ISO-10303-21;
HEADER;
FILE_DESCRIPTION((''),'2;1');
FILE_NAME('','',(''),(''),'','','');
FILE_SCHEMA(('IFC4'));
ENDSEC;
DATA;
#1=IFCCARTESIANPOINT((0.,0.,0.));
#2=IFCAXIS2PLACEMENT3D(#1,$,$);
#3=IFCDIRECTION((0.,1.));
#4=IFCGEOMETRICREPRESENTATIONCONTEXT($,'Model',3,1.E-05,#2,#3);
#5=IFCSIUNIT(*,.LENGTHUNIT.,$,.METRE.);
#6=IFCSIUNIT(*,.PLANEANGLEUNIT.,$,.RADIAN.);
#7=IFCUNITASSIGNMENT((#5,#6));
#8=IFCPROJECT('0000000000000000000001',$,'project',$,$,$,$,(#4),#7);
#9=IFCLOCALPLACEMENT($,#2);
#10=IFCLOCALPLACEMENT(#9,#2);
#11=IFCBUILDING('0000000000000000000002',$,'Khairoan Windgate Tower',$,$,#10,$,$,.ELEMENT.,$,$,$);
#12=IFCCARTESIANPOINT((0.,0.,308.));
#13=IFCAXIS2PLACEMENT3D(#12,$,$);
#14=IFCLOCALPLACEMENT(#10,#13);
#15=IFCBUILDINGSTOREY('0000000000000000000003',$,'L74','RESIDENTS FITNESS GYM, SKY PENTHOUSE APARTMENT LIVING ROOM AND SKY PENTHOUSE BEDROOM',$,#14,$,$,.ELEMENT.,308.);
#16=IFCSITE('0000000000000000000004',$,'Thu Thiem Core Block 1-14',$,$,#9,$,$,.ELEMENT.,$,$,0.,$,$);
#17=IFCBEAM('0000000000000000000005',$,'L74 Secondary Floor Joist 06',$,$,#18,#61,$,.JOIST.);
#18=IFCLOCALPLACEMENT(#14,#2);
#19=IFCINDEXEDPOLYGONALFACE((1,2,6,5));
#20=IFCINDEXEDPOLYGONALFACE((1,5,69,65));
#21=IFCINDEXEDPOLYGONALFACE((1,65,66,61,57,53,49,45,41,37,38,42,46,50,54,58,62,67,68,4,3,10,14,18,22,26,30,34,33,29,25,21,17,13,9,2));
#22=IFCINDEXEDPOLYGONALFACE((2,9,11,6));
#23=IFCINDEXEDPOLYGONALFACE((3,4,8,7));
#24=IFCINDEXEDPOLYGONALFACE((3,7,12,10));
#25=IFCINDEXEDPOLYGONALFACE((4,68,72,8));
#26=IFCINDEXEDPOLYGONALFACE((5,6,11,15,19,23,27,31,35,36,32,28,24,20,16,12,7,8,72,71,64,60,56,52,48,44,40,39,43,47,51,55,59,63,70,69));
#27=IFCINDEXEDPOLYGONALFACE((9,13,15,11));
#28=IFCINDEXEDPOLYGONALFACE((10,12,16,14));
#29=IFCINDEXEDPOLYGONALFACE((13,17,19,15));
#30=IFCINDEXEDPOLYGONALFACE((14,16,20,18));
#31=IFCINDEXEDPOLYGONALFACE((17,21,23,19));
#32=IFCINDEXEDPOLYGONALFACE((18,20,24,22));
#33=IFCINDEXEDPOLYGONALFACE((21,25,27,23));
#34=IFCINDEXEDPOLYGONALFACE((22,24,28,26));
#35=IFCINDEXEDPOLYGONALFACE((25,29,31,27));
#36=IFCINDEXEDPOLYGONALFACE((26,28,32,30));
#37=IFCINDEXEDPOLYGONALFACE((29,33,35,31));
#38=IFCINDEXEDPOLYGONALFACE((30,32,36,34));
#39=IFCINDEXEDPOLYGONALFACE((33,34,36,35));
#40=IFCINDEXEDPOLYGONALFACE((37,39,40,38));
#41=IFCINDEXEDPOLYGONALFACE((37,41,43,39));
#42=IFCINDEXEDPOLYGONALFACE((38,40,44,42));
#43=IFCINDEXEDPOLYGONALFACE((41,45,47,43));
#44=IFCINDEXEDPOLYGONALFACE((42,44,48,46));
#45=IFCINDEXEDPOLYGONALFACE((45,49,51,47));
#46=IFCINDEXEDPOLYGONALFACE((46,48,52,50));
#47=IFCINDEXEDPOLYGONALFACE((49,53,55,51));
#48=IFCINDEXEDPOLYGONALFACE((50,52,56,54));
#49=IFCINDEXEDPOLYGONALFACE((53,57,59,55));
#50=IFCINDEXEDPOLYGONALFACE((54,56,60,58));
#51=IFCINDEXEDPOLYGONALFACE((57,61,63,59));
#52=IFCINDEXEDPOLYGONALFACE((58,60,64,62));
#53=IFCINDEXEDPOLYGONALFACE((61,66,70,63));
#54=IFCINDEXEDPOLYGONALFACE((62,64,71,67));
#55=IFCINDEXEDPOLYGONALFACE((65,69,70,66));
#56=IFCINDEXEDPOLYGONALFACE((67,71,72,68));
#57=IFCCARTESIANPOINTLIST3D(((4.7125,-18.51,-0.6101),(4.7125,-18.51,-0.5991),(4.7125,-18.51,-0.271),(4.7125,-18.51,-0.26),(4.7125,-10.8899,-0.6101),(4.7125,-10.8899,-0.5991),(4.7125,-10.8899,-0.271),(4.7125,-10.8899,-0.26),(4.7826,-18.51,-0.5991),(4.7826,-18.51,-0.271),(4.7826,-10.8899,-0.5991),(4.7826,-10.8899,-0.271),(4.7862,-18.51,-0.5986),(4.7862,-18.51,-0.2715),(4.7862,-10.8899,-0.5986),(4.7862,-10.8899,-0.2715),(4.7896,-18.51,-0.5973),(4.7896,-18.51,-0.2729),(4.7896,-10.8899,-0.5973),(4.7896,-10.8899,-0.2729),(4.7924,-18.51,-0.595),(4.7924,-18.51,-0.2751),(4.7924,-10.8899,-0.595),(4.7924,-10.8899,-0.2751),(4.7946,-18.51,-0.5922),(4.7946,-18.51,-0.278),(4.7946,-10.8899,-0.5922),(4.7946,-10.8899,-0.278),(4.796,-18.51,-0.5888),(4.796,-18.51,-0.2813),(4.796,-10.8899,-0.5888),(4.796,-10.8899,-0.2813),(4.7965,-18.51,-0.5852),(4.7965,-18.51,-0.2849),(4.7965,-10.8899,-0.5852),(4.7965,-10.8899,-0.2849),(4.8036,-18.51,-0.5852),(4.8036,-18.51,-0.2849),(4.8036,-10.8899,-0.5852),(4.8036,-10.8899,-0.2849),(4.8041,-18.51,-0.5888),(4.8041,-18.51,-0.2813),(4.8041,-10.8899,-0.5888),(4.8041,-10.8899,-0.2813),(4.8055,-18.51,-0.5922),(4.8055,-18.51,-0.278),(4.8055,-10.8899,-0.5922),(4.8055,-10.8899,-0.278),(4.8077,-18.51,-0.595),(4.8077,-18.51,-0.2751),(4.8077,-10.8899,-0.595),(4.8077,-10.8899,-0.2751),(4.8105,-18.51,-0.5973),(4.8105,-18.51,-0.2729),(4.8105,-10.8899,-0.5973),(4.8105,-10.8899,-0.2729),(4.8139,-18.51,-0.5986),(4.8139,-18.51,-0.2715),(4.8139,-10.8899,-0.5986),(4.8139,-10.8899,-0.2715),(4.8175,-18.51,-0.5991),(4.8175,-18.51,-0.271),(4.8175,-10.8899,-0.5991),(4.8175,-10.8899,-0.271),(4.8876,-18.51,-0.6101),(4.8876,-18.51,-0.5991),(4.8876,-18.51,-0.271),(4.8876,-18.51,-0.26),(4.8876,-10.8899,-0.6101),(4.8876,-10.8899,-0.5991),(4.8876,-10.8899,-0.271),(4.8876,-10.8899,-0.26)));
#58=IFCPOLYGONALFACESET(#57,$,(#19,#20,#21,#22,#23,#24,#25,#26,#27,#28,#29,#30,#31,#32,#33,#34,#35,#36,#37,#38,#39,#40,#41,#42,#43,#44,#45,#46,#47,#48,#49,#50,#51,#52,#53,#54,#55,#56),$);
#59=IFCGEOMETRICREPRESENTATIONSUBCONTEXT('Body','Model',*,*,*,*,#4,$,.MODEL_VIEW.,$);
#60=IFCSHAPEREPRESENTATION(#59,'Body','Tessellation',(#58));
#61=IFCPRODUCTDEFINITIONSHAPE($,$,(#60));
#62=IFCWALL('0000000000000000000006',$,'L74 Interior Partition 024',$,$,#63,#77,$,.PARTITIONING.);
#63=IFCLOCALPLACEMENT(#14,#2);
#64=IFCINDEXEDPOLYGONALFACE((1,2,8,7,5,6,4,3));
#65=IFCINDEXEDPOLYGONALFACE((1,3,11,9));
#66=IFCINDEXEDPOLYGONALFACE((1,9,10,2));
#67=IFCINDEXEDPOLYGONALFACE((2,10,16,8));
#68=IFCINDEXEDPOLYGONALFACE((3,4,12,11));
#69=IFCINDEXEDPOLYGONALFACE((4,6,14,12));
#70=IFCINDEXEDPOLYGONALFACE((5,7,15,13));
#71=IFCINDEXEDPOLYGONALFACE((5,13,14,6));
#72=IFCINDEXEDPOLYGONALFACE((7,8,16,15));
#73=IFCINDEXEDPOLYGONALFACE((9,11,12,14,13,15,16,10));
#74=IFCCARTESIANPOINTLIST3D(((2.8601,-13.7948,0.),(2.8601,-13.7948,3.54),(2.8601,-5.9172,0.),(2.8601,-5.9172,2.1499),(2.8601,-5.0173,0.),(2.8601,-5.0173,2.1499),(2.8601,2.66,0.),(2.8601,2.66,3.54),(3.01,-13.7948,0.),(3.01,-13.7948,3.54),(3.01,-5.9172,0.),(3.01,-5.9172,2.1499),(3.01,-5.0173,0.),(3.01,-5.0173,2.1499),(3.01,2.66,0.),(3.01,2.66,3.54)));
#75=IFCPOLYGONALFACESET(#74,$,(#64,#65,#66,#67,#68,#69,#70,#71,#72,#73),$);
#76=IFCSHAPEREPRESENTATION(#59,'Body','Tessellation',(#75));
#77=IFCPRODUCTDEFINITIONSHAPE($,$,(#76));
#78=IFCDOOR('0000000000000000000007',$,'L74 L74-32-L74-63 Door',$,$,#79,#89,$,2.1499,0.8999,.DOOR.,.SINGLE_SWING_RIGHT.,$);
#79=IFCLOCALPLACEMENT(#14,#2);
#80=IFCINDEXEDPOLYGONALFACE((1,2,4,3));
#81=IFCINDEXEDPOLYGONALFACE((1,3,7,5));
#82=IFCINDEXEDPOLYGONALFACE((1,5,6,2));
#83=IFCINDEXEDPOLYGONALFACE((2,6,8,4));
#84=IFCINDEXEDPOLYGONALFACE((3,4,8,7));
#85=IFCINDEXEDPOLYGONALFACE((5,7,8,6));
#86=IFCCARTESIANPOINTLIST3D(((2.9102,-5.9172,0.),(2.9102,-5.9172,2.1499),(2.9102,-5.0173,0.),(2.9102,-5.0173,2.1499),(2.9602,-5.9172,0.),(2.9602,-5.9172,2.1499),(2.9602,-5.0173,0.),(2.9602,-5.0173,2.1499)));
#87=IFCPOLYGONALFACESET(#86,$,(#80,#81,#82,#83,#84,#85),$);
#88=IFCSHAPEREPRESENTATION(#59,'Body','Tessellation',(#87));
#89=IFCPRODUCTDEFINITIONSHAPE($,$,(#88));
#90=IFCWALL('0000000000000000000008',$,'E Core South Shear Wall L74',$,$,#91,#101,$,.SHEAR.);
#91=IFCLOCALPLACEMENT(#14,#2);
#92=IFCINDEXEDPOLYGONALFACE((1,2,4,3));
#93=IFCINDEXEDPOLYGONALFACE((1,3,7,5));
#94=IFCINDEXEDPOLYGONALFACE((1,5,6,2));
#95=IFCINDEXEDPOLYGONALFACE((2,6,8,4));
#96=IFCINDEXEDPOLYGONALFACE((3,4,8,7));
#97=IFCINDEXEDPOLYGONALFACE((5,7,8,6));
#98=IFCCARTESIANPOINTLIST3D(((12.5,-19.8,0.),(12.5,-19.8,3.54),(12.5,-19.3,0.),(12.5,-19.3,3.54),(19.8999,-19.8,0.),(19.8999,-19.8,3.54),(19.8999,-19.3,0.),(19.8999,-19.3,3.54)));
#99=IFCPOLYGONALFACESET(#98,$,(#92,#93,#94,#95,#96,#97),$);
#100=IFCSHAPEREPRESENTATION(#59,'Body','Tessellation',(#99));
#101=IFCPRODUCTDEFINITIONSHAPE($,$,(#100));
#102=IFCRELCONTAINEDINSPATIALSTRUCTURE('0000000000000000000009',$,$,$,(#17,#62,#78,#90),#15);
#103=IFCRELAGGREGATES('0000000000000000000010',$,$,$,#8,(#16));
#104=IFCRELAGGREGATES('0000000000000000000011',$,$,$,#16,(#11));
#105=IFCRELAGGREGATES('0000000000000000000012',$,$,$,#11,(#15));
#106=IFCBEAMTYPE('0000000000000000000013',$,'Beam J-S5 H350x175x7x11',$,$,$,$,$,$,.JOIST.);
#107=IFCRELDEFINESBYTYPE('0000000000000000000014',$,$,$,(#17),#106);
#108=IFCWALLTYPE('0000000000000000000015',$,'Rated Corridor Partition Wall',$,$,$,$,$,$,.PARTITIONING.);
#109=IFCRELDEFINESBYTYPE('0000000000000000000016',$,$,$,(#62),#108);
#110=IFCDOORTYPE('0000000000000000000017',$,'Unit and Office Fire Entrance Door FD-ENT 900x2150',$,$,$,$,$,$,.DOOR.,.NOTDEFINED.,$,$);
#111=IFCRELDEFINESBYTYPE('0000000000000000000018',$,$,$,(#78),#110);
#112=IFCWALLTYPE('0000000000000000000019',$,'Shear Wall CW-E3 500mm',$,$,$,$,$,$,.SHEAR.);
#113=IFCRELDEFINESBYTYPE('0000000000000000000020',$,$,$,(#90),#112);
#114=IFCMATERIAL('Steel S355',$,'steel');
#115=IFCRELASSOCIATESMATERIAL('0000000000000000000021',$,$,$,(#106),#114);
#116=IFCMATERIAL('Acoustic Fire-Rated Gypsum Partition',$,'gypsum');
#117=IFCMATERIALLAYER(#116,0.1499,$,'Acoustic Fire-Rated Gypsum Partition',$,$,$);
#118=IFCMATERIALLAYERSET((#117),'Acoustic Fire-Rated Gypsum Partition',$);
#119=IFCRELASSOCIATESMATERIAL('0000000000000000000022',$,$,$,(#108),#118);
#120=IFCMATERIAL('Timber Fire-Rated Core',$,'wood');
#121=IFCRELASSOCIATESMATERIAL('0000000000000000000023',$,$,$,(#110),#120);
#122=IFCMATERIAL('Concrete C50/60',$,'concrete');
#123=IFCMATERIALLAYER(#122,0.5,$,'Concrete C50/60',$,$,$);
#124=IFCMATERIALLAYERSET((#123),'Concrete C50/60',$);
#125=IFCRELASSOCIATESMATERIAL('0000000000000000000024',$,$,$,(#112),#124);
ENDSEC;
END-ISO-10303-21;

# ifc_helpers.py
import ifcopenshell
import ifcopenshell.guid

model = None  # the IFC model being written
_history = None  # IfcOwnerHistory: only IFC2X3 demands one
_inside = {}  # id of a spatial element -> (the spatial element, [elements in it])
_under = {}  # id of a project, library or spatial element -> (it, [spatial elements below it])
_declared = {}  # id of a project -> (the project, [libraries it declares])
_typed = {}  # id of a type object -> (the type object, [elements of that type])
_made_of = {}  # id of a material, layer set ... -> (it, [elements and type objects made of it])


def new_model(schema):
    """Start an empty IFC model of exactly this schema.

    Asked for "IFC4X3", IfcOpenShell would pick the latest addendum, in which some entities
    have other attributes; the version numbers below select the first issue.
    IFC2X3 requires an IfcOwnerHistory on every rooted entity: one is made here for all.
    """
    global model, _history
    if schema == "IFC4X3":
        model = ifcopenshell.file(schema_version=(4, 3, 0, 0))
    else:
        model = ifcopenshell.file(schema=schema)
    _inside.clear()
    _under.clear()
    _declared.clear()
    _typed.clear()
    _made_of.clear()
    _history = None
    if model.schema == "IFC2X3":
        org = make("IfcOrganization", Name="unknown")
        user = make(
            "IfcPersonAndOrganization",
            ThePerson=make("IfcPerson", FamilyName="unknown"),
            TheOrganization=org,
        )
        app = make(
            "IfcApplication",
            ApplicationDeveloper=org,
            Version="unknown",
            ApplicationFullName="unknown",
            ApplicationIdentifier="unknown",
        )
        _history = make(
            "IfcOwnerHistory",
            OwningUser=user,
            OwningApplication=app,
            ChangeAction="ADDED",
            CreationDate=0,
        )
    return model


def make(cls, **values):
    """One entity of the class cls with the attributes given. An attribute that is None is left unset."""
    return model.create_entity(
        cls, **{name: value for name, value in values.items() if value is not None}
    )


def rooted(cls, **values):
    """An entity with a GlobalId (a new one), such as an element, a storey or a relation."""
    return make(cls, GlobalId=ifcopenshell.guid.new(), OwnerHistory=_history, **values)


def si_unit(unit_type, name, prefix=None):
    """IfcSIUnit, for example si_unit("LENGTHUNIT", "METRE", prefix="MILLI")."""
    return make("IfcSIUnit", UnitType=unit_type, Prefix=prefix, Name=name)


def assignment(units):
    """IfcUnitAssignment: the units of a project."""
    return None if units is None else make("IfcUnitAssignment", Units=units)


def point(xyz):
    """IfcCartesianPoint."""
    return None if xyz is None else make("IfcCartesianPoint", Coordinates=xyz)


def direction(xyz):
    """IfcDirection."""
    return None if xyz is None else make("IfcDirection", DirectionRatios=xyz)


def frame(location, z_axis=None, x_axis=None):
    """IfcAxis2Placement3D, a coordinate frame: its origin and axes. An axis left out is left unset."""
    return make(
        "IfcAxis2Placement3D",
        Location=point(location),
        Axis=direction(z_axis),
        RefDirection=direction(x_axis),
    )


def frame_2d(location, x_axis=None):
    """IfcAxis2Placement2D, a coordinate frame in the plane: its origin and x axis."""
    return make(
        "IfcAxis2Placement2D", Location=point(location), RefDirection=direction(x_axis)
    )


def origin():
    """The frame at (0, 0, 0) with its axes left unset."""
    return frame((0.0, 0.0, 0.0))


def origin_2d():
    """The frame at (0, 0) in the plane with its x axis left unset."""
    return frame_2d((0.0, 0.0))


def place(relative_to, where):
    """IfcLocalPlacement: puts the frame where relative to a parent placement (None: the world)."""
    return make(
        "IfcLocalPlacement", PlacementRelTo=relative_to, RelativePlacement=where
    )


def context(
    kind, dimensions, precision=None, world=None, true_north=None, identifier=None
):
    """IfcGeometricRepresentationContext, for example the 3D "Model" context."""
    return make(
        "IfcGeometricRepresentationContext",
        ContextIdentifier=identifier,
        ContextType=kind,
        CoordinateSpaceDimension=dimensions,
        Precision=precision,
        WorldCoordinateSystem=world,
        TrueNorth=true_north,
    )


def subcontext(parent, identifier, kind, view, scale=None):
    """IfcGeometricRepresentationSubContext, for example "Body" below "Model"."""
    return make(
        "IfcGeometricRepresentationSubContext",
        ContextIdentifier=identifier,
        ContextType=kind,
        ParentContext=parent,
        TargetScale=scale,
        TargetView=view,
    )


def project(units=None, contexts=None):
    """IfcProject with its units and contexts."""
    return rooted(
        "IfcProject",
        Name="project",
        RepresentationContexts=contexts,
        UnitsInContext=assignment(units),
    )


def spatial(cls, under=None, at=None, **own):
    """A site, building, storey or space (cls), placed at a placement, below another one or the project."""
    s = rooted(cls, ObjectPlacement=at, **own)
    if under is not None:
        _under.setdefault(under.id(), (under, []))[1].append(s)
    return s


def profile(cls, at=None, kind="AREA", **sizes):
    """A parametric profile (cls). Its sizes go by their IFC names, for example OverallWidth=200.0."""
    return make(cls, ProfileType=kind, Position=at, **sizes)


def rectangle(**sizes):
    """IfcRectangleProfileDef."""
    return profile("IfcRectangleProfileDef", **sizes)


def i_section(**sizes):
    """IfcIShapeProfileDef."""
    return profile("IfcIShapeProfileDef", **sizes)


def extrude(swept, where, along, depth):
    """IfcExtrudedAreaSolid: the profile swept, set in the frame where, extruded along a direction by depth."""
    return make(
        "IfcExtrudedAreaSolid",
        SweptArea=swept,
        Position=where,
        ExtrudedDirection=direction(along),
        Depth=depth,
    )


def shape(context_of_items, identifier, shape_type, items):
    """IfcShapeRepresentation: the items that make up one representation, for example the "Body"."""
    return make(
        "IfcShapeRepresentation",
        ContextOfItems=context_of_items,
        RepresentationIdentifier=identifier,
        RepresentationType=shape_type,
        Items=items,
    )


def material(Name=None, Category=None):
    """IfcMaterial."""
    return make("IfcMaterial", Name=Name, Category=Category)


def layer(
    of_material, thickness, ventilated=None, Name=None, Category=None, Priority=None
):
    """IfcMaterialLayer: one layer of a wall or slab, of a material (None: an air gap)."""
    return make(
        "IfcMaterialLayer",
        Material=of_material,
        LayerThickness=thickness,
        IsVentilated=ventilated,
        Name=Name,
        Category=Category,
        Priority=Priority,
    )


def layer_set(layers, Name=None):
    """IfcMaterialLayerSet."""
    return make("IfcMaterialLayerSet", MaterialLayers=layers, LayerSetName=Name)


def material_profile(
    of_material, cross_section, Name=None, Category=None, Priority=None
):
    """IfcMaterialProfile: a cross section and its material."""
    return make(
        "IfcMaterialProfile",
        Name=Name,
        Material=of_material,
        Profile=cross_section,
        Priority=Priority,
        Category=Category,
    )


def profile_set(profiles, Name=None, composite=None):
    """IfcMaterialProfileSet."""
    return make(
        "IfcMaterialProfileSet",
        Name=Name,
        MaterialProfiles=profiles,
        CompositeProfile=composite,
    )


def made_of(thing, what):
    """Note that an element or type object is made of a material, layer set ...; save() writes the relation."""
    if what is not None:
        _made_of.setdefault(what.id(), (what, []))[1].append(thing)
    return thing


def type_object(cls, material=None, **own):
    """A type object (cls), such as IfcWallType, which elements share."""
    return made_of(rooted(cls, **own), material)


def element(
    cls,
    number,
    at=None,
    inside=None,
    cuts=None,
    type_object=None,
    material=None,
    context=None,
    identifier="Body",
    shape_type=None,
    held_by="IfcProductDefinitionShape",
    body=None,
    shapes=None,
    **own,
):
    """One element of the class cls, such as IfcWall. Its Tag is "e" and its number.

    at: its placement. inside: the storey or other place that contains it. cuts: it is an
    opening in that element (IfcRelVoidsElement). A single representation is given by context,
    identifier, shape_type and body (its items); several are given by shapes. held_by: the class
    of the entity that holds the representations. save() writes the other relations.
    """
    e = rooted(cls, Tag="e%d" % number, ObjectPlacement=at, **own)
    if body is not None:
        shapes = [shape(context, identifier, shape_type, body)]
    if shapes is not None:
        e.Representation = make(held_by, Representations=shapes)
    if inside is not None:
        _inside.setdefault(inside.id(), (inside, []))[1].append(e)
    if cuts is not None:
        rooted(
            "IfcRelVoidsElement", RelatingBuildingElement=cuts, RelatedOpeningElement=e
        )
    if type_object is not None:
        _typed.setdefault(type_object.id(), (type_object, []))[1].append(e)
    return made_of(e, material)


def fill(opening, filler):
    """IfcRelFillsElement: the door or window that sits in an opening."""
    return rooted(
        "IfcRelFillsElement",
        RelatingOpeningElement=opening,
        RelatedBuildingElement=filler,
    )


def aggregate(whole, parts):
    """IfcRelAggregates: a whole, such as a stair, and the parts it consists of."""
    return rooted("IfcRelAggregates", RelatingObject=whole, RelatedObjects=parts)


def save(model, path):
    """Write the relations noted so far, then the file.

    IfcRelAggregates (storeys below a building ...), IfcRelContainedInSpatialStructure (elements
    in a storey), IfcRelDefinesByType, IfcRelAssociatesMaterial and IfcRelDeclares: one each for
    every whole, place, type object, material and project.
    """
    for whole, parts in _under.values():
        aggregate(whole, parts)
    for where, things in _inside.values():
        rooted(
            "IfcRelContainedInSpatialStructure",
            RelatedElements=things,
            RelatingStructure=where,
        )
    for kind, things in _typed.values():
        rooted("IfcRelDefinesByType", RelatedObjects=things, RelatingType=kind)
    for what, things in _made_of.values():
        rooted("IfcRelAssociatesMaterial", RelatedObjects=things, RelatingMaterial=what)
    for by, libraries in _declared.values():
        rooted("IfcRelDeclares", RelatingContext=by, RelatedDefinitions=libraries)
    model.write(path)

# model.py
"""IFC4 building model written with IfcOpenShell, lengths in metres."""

from ifc_helpers import new_model, si_unit, direction, frame, frame_2d, origin, origin_2d, place, context, subcontext, project, spatial, rectangle, i_section, extrude, material, layer, layer_set, material_profile, profile_set, type_object, element, fill, save


model = new_model("IFC4")

# Units and contexts
model_context = context("Model", 3, precision=1e-05, world=origin(), true_north=direction((0.0, 1.0)))
body_context = subcontext(model_context, "Body", "Model", "MODEL_VIEW")
ifc_project = project(units=[si_unit("LENGTHUNIT", "METRE"), si_unit("PLANEANGLEUNIT", "RADIAN")], contexts=[model_context])

# Site, building, storey
site_placement = place(None, origin())
site = spatial("IfcSite", under=ifc_project, at=site_placement, Name="Thu Thiem Core Block 1-14", CompositionType="ELEMENT", RefElevation=0.0)
building_placement = place(site_placement, origin())
building = spatial("IfcBuilding", under=site, at=building_placement, Name="Khairoan Windgate Tower", CompositionType="ELEMENT")
storey_placement = place(building_placement, frame((0.0, 0.0, 308.0)))
storey = spatial("IfcBuildingStorey", under=building, at=storey_placement, Name="L74", Description="RESIDENTS FITNESS GYM, SKY PENTHOUSE APARTMENT LIVING ROOM AND SKY PENTHOUSE BEDROOM", CompositionType="ELEMENT", Elevation=308.0)

# Beam
ifc_material_1 = material(Name="Steel S355", Category="steel")
ifc_material_profile_1 = material_profile(ifc_material_1, i_section(OverallWidth=0.175, OverallDepth=0.3501, WebThickness=0.0071, FlangeThickness=0.011, FilletRadius=0.0139, at=origin_2d()))
ifc_profile_set_1 = profile_set([ifc_material_profile_1], Name="Steel S355")
beam_type_1 = type_object("IfcBeamType", Name="Beam J-S5 H350x175x7x11", PredefinedType="JOIST", material=ifc_profile_set_1)
beam_1_placement = place(storey_placement, frame((4.8, -18.51, -0.4351), z_axis=(0.0, 1.0, 0.0), x_axis=(-1.0, 0.0, 0.0)))
element("IfcBeam", 1, at=beam_1_placement, inside=storey, type_object=beam_type_1, Name="L74 Secondary Floor Joist 06", PredefinedType="JOIST", context=body_context, shape_type="SweptSolid", body=[
    extrude(i_section(OverallWidth=0.175, OverallDepth=0.3501, WebThickness=0.0071, FlangeThickness=0.011, FilletRadius=0.0139, at=origin_2d()), origin(), (0.0, 0.0, 1.0), 7.6201),
])

# Wall, opening, door
ifc_material_2 = material(Name="Acoustic Fire-Rated Gypsum Partition", Category="gypsum")
ifc_layer_1 = layer(ifc_material_2, 0.1499, Name="Acoustic Fire-Rated Gypsum Partition")
ifc_layer_set_1 = layer_set([ifc_layer_1], Name="Acoustic Fire-Rated Gypsum Partition")
wall_type_1 = type_object("IfcWallType", Name="Rated Corridor Partition Wall", PredefinedType="PARTITIONING", material=ifc_layer_set_1)
wall_1_placement = place(storey_placement, frame((2.9351, -13.7949, 0.0), z_axis=(0.0, 0.0, 1.0), x_axis=(0.0, 1.0, 0.0)))
wall_1 = element("IfcWall", 2, at=wall_1_placement, inside=storey, type_object=wall_type_1, Name="L74 Interior Partition 024", PredefinedType="PARTITIONING", context=body_context, shape_type="SweptSolid", body=[
    extrude(rectangle(XDim=16.4548, YDim=0.1499, at=frame_2d((8.2275, 0.0))), origin(), (0.0, 0.0, 1.0), 3.54),
])
opening_placement = place(wall_1_placement, frame((7.8777, 0.0, 0.0)))
opening = element("IfcOpeningElement", 3, at=opening_placement, cuts=wall_1, PredefinedType="OPENING", context=body_context, shape_type="SweptSolid", body=[
    extrude(rectangle(XDim=0.8999, YDim=2.1499, at=frame_2d((0.45, 1.075))), frame((0.0, 0.085, 0.0), z_axis=(0.0, -1.0, 0.0), x_axis=(1.0, 0.0, 0.0)), (0.0, 0.0, 1.0), 0.1699),
])
ifc_material_3 = material(Name="Timber Fire-Rated Core", Category="wood")
door_type = type_object("IfcDoorType", Name="Unit and Office Fire Entrance Door FD-ENT 900x2150", OperationType="NOTDEFINED", PredefinedType="DOOR", material=ifc_material_3)
door_placement = place(opening_placement, origin())
door = element("IfcDoor", 4, at=door_placement, inside=storey, type_object=door_type, Name="L74 L74-32-L74-63 Door", OperationType="SINGLE_SWING_RIGHT", OverallHeight=2.1499, OverallWidth=0.8999, PredefinedType="DOOR", context=body_context, shape_type="SweptSolid", body=[
    extrude(rectangle(XDim=0.8999, YDim=2.1499, at=frame_2d((0.45, 1.075))), frame((0.0, 0.0249, 0.0), z_axis=(0.0, -1.0, 0.0), x_axis=(1.0, 0.0, 0.0)), (0.0, 0.0, 1.0), 0.05),
])
fill(opening, door)

# Wall
ifc_material_4 = material(Name="Concrete C50/60", Category="concrete")
ifc_layer_2 = layer(ifc_material_4, 0.5, Name="Concrete C50/60")
ifc_layer_set_2 = layer_set([ifc_layer_2], Name="Concrete C50/60")
wall_type_2 = type_object("IfcWallType", Name="Shear Wall CW-E3 500mm", PredefinedType="SHEAR", material=ifc_layer_set_2)
wall_2_placement = place(storey_placement, frame((12.5, -19.55, 0.0), z_axis=(0.0, 0.0, 1.0), x_axis=(1.0, 0.0, 0.0)))
element("IfcWall", 5, at=wall_2_placement, inside=storey, type_object=wall_type_2, Name="E Core South Shear Wall L74", PredefinedType="SHEAR", context=body_context, shape_type="SweptSolid", body=[
    extrude(rectangle(XDim=7.3999, YDim=0.5, at=frame_2d((3.7, 0.0))), origin(), (0.0, 0.0, 1.0), 3.54),
])

save(model, "model.ifc")
